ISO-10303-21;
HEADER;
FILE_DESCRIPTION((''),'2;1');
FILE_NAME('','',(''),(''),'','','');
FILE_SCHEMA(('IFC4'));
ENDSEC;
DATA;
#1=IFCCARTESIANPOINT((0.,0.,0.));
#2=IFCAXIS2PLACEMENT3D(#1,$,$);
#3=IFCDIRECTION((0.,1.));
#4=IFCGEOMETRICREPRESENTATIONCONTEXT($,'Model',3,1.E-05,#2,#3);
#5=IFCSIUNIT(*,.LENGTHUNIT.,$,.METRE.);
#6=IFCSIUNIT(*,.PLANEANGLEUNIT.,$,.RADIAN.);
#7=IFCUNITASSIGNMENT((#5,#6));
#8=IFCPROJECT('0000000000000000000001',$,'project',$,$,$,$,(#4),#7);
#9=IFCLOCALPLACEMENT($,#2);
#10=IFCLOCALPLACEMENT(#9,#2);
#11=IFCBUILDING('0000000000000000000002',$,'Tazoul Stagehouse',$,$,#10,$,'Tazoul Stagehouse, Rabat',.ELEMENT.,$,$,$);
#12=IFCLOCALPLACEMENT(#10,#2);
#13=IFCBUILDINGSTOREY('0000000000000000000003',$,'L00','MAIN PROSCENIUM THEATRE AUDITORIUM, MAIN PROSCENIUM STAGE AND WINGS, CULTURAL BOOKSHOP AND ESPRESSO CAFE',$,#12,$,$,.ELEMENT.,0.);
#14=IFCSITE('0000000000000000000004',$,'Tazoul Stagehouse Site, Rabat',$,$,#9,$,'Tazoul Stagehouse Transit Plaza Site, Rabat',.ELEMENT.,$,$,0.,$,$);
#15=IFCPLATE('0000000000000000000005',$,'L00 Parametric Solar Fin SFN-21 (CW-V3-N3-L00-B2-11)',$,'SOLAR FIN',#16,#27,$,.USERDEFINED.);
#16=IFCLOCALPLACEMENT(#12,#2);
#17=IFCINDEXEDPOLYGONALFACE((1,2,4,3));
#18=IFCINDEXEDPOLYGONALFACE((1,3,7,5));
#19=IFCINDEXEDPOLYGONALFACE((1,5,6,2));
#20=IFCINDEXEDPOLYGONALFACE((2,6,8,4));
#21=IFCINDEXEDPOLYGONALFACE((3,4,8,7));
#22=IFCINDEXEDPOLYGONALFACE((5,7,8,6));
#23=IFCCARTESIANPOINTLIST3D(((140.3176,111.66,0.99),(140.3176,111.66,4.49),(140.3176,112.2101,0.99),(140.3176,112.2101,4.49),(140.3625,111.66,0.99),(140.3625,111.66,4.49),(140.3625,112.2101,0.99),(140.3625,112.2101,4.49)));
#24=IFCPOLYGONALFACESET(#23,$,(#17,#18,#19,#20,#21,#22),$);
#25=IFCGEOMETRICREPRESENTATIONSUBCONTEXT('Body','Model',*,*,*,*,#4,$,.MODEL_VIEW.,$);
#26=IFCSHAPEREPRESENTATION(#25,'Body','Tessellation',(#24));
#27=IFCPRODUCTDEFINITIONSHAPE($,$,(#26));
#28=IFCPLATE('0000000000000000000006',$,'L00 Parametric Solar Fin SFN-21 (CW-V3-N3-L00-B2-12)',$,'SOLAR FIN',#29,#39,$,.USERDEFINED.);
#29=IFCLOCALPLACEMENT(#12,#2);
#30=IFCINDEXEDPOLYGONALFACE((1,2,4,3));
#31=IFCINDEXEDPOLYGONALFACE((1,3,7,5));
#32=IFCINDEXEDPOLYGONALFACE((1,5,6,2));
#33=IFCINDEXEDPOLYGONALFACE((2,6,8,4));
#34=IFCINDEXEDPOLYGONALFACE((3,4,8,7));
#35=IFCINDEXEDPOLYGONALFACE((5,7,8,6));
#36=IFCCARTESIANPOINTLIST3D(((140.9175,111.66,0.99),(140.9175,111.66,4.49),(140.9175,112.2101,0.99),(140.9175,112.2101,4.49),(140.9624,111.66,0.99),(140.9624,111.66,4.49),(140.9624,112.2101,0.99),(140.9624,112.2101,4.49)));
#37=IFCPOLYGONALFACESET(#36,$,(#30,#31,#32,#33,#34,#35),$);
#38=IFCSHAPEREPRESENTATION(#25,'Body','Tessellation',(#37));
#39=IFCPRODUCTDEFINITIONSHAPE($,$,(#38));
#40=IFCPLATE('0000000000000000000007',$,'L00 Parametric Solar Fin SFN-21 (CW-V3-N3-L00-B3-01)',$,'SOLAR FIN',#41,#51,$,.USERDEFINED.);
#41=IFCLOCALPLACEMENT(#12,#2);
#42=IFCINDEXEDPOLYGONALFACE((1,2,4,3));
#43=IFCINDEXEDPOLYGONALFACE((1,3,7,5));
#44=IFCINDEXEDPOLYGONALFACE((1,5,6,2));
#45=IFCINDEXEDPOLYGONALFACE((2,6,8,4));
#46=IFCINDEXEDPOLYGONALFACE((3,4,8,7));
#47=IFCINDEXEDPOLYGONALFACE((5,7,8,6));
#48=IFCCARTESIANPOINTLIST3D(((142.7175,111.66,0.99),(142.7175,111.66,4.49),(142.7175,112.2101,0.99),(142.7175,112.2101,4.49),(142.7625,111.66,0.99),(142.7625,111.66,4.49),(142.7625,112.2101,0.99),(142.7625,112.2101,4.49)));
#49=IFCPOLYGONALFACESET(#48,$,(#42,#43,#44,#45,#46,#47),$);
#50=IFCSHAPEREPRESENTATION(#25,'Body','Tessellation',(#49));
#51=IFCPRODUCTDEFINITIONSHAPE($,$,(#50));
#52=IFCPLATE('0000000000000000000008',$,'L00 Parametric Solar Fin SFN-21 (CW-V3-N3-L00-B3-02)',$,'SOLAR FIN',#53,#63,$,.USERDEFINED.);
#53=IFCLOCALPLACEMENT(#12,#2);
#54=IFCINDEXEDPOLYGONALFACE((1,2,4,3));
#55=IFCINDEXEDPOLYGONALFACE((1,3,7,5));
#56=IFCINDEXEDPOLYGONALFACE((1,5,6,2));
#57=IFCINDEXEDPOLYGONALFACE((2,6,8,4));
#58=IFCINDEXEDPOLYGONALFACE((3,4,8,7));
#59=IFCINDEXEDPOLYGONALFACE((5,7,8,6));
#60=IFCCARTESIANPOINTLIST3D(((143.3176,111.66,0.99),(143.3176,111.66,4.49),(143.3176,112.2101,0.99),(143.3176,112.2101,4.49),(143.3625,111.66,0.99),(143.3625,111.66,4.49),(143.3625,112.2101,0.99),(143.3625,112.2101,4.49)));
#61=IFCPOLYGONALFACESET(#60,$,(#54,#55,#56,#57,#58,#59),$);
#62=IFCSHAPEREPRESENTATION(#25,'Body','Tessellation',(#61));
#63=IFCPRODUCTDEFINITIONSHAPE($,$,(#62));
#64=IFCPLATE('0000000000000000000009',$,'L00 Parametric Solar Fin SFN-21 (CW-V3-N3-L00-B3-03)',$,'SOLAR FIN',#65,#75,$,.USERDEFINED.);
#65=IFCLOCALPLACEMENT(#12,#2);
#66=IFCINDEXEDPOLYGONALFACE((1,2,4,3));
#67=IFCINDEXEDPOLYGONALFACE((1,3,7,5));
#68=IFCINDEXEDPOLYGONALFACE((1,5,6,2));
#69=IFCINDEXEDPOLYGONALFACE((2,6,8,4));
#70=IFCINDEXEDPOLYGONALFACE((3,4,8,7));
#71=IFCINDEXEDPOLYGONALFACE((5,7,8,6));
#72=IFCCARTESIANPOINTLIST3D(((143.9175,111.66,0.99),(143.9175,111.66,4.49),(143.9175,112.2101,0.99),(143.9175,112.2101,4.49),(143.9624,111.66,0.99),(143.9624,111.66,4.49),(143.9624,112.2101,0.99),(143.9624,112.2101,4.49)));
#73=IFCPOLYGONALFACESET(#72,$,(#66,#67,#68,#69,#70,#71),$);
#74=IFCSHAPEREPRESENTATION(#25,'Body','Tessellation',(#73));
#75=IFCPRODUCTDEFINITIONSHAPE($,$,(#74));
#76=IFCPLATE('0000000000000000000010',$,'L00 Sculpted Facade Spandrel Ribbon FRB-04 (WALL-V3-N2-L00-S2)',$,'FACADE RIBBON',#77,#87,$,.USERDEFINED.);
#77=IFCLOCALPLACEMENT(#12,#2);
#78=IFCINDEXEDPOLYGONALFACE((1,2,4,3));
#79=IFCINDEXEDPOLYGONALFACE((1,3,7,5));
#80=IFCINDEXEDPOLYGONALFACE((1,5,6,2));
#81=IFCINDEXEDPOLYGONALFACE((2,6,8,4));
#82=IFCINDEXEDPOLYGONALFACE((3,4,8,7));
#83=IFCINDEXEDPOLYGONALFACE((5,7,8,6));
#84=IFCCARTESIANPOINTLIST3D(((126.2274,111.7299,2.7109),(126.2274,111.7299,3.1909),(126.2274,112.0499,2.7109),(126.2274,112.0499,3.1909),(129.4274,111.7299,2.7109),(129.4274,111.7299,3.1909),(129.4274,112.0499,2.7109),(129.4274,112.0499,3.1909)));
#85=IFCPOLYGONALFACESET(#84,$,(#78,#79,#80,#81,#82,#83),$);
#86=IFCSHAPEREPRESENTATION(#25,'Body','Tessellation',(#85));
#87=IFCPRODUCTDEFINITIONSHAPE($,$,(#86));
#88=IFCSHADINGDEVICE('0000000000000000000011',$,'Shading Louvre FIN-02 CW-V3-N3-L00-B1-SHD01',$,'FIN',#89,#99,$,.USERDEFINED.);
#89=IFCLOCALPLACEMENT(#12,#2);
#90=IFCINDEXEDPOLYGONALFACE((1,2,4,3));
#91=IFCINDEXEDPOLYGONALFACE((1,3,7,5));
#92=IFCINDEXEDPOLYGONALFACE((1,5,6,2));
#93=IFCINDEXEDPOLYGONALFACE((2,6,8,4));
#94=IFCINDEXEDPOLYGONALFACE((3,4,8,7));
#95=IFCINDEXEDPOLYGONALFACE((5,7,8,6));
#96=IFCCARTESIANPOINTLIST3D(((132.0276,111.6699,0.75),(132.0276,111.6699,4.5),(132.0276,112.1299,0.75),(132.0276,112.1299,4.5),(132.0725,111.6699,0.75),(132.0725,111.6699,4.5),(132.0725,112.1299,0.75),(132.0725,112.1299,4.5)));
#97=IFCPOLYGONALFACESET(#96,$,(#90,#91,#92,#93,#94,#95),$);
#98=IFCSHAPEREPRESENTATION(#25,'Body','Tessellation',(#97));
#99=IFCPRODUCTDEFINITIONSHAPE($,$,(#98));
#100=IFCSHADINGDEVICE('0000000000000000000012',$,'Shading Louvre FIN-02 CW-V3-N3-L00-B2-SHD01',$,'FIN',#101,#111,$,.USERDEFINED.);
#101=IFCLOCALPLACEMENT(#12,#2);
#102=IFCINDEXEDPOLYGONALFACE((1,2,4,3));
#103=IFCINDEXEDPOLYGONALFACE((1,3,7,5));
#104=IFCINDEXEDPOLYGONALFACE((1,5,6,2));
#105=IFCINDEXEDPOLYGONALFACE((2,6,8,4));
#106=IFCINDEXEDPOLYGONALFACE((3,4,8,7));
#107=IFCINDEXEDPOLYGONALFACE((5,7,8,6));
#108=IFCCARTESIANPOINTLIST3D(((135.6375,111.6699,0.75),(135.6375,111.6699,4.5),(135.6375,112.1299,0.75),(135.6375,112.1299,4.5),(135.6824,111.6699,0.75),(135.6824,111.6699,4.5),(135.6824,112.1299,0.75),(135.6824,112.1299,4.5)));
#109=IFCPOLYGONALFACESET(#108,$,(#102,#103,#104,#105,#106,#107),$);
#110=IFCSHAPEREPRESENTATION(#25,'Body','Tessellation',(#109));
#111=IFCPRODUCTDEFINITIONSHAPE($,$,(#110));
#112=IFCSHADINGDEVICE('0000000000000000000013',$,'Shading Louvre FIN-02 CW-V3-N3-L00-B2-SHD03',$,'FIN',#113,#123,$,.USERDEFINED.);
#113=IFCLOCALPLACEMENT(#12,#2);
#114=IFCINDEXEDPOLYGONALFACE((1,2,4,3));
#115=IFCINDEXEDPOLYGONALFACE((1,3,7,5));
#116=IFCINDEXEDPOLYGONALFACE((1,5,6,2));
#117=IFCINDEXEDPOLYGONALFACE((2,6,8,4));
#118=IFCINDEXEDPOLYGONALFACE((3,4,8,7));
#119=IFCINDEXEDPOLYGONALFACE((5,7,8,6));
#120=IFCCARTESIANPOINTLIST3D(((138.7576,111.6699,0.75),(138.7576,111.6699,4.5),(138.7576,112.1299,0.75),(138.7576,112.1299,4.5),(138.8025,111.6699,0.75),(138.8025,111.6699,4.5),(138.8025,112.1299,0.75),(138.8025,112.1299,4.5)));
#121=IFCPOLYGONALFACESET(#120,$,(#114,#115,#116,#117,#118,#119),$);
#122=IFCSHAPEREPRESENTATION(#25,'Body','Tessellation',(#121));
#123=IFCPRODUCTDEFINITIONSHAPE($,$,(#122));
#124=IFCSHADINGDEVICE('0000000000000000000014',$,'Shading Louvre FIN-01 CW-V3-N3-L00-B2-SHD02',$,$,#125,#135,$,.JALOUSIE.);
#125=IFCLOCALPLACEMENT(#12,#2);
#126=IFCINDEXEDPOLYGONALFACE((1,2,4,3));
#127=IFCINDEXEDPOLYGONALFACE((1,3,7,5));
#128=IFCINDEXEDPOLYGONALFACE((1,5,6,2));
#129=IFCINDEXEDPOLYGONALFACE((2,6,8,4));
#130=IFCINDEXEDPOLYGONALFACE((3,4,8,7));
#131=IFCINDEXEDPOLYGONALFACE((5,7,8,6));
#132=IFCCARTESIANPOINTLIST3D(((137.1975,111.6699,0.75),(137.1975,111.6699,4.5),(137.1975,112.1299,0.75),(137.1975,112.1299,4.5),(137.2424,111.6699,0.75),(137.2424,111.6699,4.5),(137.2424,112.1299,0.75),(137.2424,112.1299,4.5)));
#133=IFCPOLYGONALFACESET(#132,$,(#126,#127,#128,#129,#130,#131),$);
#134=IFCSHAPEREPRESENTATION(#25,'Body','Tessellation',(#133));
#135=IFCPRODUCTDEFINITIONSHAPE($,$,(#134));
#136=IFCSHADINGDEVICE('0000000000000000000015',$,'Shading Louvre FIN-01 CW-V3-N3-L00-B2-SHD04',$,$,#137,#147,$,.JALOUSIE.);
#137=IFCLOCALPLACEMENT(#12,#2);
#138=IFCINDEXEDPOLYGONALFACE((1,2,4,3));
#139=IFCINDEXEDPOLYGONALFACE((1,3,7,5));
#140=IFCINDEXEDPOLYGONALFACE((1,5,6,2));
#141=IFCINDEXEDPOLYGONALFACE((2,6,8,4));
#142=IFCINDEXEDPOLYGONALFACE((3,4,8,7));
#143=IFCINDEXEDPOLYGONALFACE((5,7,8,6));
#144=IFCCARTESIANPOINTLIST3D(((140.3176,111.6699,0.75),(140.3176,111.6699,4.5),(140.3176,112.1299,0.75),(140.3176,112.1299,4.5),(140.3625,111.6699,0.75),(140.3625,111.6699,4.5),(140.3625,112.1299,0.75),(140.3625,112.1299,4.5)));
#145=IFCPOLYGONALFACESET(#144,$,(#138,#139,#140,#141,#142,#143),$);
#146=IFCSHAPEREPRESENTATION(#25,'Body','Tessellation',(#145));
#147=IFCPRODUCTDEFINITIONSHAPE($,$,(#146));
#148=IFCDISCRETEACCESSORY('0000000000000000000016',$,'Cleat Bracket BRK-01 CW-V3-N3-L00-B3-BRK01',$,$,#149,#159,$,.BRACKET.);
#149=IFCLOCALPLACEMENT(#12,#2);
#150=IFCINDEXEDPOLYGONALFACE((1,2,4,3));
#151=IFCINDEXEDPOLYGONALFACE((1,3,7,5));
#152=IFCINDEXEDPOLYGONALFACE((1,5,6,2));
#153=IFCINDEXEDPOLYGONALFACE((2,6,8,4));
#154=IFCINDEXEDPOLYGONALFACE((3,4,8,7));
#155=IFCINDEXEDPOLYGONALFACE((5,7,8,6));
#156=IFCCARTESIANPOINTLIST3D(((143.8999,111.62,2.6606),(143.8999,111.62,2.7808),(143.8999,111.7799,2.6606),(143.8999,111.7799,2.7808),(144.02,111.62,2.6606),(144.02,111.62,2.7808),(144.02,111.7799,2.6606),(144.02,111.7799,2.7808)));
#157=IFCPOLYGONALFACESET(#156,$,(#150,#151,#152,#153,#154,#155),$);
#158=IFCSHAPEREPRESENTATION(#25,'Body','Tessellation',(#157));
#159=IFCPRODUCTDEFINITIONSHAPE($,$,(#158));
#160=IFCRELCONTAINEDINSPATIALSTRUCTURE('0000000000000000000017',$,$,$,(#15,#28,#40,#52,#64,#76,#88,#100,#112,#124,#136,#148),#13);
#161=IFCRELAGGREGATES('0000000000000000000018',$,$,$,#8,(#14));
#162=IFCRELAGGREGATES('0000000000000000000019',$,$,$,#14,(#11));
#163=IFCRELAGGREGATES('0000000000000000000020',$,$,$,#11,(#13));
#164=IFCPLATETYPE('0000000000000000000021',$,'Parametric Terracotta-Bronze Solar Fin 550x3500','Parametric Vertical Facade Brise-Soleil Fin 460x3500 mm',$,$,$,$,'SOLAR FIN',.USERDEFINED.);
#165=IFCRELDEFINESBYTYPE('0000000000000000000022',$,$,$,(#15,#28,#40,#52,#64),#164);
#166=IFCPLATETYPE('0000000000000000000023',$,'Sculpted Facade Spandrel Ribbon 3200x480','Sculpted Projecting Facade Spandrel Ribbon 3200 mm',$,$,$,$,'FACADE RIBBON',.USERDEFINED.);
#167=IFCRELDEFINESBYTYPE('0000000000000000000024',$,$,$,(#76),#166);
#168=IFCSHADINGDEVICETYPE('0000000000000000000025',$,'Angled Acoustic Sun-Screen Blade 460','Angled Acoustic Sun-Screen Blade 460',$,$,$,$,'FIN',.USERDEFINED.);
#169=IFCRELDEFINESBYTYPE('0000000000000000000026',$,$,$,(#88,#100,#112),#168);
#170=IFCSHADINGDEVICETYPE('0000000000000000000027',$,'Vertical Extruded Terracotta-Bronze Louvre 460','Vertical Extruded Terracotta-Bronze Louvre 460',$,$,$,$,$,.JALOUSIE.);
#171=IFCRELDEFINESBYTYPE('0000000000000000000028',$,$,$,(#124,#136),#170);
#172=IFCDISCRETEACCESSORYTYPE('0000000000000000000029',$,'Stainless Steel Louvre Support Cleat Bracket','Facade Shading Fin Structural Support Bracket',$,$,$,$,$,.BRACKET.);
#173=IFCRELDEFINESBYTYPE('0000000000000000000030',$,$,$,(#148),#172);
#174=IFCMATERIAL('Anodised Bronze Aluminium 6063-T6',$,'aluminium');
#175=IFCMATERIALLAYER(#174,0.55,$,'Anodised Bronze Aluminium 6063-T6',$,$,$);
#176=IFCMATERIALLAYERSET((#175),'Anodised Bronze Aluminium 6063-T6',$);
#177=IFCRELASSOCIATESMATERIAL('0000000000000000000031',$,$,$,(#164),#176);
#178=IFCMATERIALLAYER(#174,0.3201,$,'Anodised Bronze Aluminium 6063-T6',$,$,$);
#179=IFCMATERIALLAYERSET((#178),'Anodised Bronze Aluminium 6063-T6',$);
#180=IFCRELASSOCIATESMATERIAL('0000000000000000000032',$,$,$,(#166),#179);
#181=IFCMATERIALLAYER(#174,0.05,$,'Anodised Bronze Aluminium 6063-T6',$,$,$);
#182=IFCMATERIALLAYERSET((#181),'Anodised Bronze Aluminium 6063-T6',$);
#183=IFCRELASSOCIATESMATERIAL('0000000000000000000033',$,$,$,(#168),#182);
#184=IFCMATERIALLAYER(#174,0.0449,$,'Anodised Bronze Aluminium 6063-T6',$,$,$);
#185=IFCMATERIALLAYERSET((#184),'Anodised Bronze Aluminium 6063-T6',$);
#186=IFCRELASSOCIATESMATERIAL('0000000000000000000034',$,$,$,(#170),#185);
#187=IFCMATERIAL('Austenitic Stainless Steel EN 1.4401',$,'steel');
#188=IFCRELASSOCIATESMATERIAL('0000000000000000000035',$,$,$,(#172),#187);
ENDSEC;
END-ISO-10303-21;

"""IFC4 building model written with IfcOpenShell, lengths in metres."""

from ifc_helpers import new_model, si_unit, direction, frame, origin, origin_2d, place, context, subcontext, project, spatial, rectangle, extrude, material, layer, layer_set, type_object, element, save


model = new_model("IFC4")

# Units and contexts
model_context = context("Model", 3, precision=1e-05, world=origin(), true_north=direction((0.0, 1.0)))
body_context = subcontext(model_context, "Body", "Model", "MODEL_VIEW")
ifc_project = project(units=[si_unit("LENGTHUNIT", "METRE"), si_unit("PLANEANGLEUNIT", "RADIAN")], contexts=[model_context])

# Site, building, storey
site_placement = place(None, origin())
site = spatial("IfcSite", under=ifc_project, at=site_placement, Name="Tazoul Stagehouse Site, Rabat", LongName="Tazoul Stagehouse Transit Plaza Site, Rabat", CompositionType="ELEMENT", RefElevation=0.0)
building_placement = place(site_placement, origin())
building = spatial("IfcBuilding", under=site, at=building_placement, Name="Tazoul Stagehouse", LongName="Tazoul Stagehouse, Rabat", CompositionType="ELEMENT")
storey_placement = place(building_placement, origin())
storey = spatial("IfcBuildingStorey", under=building, at=storey_placement, Name="L00", Description="MAIN PROSCENIUM THEATRE AUDITORIUM, MAIN PROSCENIUM STAGE AND WINGS, CULTURAL BOOKSHOP AND ESPRESSO CAFE", CompositionType="ELEMENT", Elevation=0.0)

# Plates
ifc_material_1 = material(Name="Anodised Bronze Aluminium 6063-T6", Category="aluminium")
ifc_layer_1 = layer(ifc_material_1, 0.55, Name="Anodised Bronze Aluminium 6063-T6")
ifc_layer_set_1 = layer_set([ifc_layer_1], Name="Anodised Bronze Aluminium 6063-T6")
plate_type_1 = type_object("IfcPlateType", Name="Parametric Terracotta-Bronze Solar Fin 550x3500", Description="Parametric Vertical Facade Brise-Soleil Fin 460x3500 mm", ElementType="SOLAR FIN", PredefinedType="USERDEFINED", material=ifc_layer_set_1)
for number, where, z_axis, x_axis, name in (
    (1, (140.3401, 111.9351, 0.99), (0.0, 0.0, 1.0), (1.0, 0.0, 0.0), "L00 Parametric Solar Fin SFN-21 (CW-V3-N3-L00-B2-11)"),
    (2, (140.9399, 111.9351, 0.99), (0.0, 0.0, 1.0), (1.0, 0.0, 0.0), "L00 Parametric Solar Fin SFN-21 (CW-V3-N3-L00-B2-12)"),
    (3, (142.74, 111.9351, 0.99), (0.0, 0.0, 1.0), (1.0, 0.0, 0.0), "L00 Parametric Solar Fin SFN-21 (CW-V3-N3-L00-B3-01)"),
    (4, (143.3401, 111.9351, 0.99), (0.0, 0.0, 1.0), (1.0, 0.0, 0.0), "L00 Parametric Solar Fin SFN-21 (CW-V3-N3-L00-B3-02)"),
    (5, (143.9399, 111.9351, 0.99), (0.0, 0.0, 1.0), (1.0, 0.0, 0.0), "L00 Parametric Solar Fin SFN-21 (CW-V3-N3-L00-B3-03)"),
):
    element("IfcPlate", number, at=place(storey_placement, frame(where, z_axis=z_axis, x_axis=x_axis)), inside=storey, type_object=plate_type_1, Name=name, ObjectType="SOLAR FIN", PredefinedType="USERDEFINED", context=body_context, shape_type="SweptSolid", body=[
        extrude(rectangle(XDim=0.0449, YDim=0.55, at=origin_2d()), origin(), (0.0, 0.0, 1.0), 3.5),
    ])
ifc_layer_2 = layer(ifc_material_1, 0.3201, Name="Anodised Bronze Aluminium 6063-T6")
ifc_layer_set_2 = layer_set([ifc_layer_2], Name="Anodised Bronze Aluminium 6063-T6")
plate_type_2 = type_object("IfcPlateType", Name="Sculpted Facade Spandrel Ribbon 3200x480", Description="Sculpted Projecting Facade Spandrel Ribbon 3200 mm", ElementType="FACADE RIBBON", PredefinedType="USERDEFINED", material=ifc_layer_set_2)
plate_placement = place(storey_placement, frame((127.8274, 111.8899, 2.7109), z_axis=(0.0, 0.0, 1.0), x_axis=(1.0, 0.0, 0.0)))
element("IfcPlate", 6, at=plate_placement, inside=storey, type_object=plate_type_2, Name="L00 Sculpted Facade Spandrel Ribbon FRB-04 (WALL-V3-N2-L00-S2)", ObjectType="FACADE RIBBON", PredefinedType="USERDEFINED", context=body_context, shape_type="SweptSolid", body=[
    extrude(rectangle(XDim=3.2, YDim=0.3201, at=origin_2d()), origin(), (0.0, 0.0, 1.0), 0.48),
])

# Shading devices
ifc_layer_3 = layer(ifc_material_1, 0.05, Name="Anodised Bronze Aluminium 6063-T6")
ifc_layer_set_3 = layer_set([ifc_layer_3], Name="Anodised Bronze Aluminium 6063-T6")
shading_device_type_1 = type_object("IfcShadingDeviceType", Name="Angled Acoustic Sun-Screen Blade 460", Description="Angled Acoustic Sun-Screen Blade 460", ElementType="FIN", PredefinedType="USERDEFINED", material=ifc_layer_set_3)
for number, where, z_axis, x_axis, name in (
    (7, (132.05, 111.8999, 0.75), (0.0, 0.0, 1.0), (1.0, 0.0, 0.0), "Shading Louvre FIN-02 CW-V3-N3-L00-B1-SHD01"),
    (8, (135.6599, 111.8999, 0.75), (0.0, 0.0, 1.0), (1.0, 0.0, 0.0), "Shading Louvre FIN-02 CW-V3-N3-L00-B2-SHD01"),
    (9, (138.78, 111.8999, 0.75), (0.0, 0.0, 1.0), (1.0, 0.0, 0.0), "Shading Louvre FIN-02 CW-V3-N3-L00-B2-SHD03"),
):
    element("IfcShadingDevice", number, at=place(storey_placement, frame(where, z_axis=z_axis, x_axis=x_axis)), inside=storey, type_object=shading_device_type_1, Name=name, ObjectType="FIN", PredefinedType="USERDEFINED", context=body_context, shape_type="SweptSolid", body=[
        extrude(rectangle(XDim=0.0449, YDim=0.46, at=origin_2d()), origin(), (0.0, 0.0, 1.0), 3.75),
    ])
ifc_layer_4 = layer(ifc_material_1, 0.0449, Name="Anodised Bronze Aluminium 6063-T6")
ifc_layer_set_4 = layer_set([ifc_layer_4], Name="Anodised Bronze Aluminium 6063-T6")
shading_device_type_2 = type_object("IfcShadingDeviceType", Name="Vertical Extruded Terracotta-Bronze Louvre 460", Description="Vertical Extruded Terracotta-Bronze Louvre 460", PredefinedType="JALOUSIE", material=ifc_layer_set_4)
for number, where, z_axis, x_axis, name in (
    (10, (137.22, 111.8999, 0.75), (0.0, 0.0, 1.0), (1.0, 0.0, 0.0), "Shading Louvre FIN-01 CW-V3-N3-L00-B2-SHD02"),
    (11, (140.3401, 111.8999, 0.75), (0.0, 0.0, 1.0), (1.0, 0.0, 0.0), "Shading Louvre FIN-01 CW-V3-N3-L00-B2-SHD04"),
):
    element("IfcShadingDevice", number, at=place(storey_placement, frame(where, z_axis=z_axis, x_axis=x_axis)), inside=storey, type_object=shading_device_type_2, Name=name, PredefinedType="JALOUSIE", context=body_context, shape_type="SweptSolid", body=[
        extrude(rectangle(XDim=0.0449, YDim=0.46, at=origin_2d()), origin(), (0.0, 0.0, 1.0), 3.75),
    ])

# Discrete accessory
ifc_material_2 = material(Name="Austenitic Stainless Steel EN 1.4401", Category="steel")
discrete_accessory_type = type_object("IfcDiscreteAccessoryType", Name="Stainless Steel Louvre Support Cleat Bracket", Description="Facade Shading Fin Structural Support Bracket", PredefinedType="BRACKET", material=ifc_material_2)
discrete_accessory_placement = place(storey_placement, frame((143.96, 111.7, 2.6606), z_axis=(0.0, 0.0, 1.0), x_axis=(1.0, 0.0, 0.0)))
element("IfcDiscreteAccessory", 12, at=discrete_accessory_placement, inside=storey, type_object=discrete_accessory_type, Name="Cleat Bracket BRK-01 CW-V3-N3-L00-B3-BRK01", PredefinedType="BRACKET", context=body_context, shape_type="SweptSolid", body=[
    extrude(rectangle(XDim=0.1201, YDim=0.1599, at=origin_2d()), origin(), (0.0, 0.0, 1.0), 0.1201),
])

save(model, "model.ifc")
